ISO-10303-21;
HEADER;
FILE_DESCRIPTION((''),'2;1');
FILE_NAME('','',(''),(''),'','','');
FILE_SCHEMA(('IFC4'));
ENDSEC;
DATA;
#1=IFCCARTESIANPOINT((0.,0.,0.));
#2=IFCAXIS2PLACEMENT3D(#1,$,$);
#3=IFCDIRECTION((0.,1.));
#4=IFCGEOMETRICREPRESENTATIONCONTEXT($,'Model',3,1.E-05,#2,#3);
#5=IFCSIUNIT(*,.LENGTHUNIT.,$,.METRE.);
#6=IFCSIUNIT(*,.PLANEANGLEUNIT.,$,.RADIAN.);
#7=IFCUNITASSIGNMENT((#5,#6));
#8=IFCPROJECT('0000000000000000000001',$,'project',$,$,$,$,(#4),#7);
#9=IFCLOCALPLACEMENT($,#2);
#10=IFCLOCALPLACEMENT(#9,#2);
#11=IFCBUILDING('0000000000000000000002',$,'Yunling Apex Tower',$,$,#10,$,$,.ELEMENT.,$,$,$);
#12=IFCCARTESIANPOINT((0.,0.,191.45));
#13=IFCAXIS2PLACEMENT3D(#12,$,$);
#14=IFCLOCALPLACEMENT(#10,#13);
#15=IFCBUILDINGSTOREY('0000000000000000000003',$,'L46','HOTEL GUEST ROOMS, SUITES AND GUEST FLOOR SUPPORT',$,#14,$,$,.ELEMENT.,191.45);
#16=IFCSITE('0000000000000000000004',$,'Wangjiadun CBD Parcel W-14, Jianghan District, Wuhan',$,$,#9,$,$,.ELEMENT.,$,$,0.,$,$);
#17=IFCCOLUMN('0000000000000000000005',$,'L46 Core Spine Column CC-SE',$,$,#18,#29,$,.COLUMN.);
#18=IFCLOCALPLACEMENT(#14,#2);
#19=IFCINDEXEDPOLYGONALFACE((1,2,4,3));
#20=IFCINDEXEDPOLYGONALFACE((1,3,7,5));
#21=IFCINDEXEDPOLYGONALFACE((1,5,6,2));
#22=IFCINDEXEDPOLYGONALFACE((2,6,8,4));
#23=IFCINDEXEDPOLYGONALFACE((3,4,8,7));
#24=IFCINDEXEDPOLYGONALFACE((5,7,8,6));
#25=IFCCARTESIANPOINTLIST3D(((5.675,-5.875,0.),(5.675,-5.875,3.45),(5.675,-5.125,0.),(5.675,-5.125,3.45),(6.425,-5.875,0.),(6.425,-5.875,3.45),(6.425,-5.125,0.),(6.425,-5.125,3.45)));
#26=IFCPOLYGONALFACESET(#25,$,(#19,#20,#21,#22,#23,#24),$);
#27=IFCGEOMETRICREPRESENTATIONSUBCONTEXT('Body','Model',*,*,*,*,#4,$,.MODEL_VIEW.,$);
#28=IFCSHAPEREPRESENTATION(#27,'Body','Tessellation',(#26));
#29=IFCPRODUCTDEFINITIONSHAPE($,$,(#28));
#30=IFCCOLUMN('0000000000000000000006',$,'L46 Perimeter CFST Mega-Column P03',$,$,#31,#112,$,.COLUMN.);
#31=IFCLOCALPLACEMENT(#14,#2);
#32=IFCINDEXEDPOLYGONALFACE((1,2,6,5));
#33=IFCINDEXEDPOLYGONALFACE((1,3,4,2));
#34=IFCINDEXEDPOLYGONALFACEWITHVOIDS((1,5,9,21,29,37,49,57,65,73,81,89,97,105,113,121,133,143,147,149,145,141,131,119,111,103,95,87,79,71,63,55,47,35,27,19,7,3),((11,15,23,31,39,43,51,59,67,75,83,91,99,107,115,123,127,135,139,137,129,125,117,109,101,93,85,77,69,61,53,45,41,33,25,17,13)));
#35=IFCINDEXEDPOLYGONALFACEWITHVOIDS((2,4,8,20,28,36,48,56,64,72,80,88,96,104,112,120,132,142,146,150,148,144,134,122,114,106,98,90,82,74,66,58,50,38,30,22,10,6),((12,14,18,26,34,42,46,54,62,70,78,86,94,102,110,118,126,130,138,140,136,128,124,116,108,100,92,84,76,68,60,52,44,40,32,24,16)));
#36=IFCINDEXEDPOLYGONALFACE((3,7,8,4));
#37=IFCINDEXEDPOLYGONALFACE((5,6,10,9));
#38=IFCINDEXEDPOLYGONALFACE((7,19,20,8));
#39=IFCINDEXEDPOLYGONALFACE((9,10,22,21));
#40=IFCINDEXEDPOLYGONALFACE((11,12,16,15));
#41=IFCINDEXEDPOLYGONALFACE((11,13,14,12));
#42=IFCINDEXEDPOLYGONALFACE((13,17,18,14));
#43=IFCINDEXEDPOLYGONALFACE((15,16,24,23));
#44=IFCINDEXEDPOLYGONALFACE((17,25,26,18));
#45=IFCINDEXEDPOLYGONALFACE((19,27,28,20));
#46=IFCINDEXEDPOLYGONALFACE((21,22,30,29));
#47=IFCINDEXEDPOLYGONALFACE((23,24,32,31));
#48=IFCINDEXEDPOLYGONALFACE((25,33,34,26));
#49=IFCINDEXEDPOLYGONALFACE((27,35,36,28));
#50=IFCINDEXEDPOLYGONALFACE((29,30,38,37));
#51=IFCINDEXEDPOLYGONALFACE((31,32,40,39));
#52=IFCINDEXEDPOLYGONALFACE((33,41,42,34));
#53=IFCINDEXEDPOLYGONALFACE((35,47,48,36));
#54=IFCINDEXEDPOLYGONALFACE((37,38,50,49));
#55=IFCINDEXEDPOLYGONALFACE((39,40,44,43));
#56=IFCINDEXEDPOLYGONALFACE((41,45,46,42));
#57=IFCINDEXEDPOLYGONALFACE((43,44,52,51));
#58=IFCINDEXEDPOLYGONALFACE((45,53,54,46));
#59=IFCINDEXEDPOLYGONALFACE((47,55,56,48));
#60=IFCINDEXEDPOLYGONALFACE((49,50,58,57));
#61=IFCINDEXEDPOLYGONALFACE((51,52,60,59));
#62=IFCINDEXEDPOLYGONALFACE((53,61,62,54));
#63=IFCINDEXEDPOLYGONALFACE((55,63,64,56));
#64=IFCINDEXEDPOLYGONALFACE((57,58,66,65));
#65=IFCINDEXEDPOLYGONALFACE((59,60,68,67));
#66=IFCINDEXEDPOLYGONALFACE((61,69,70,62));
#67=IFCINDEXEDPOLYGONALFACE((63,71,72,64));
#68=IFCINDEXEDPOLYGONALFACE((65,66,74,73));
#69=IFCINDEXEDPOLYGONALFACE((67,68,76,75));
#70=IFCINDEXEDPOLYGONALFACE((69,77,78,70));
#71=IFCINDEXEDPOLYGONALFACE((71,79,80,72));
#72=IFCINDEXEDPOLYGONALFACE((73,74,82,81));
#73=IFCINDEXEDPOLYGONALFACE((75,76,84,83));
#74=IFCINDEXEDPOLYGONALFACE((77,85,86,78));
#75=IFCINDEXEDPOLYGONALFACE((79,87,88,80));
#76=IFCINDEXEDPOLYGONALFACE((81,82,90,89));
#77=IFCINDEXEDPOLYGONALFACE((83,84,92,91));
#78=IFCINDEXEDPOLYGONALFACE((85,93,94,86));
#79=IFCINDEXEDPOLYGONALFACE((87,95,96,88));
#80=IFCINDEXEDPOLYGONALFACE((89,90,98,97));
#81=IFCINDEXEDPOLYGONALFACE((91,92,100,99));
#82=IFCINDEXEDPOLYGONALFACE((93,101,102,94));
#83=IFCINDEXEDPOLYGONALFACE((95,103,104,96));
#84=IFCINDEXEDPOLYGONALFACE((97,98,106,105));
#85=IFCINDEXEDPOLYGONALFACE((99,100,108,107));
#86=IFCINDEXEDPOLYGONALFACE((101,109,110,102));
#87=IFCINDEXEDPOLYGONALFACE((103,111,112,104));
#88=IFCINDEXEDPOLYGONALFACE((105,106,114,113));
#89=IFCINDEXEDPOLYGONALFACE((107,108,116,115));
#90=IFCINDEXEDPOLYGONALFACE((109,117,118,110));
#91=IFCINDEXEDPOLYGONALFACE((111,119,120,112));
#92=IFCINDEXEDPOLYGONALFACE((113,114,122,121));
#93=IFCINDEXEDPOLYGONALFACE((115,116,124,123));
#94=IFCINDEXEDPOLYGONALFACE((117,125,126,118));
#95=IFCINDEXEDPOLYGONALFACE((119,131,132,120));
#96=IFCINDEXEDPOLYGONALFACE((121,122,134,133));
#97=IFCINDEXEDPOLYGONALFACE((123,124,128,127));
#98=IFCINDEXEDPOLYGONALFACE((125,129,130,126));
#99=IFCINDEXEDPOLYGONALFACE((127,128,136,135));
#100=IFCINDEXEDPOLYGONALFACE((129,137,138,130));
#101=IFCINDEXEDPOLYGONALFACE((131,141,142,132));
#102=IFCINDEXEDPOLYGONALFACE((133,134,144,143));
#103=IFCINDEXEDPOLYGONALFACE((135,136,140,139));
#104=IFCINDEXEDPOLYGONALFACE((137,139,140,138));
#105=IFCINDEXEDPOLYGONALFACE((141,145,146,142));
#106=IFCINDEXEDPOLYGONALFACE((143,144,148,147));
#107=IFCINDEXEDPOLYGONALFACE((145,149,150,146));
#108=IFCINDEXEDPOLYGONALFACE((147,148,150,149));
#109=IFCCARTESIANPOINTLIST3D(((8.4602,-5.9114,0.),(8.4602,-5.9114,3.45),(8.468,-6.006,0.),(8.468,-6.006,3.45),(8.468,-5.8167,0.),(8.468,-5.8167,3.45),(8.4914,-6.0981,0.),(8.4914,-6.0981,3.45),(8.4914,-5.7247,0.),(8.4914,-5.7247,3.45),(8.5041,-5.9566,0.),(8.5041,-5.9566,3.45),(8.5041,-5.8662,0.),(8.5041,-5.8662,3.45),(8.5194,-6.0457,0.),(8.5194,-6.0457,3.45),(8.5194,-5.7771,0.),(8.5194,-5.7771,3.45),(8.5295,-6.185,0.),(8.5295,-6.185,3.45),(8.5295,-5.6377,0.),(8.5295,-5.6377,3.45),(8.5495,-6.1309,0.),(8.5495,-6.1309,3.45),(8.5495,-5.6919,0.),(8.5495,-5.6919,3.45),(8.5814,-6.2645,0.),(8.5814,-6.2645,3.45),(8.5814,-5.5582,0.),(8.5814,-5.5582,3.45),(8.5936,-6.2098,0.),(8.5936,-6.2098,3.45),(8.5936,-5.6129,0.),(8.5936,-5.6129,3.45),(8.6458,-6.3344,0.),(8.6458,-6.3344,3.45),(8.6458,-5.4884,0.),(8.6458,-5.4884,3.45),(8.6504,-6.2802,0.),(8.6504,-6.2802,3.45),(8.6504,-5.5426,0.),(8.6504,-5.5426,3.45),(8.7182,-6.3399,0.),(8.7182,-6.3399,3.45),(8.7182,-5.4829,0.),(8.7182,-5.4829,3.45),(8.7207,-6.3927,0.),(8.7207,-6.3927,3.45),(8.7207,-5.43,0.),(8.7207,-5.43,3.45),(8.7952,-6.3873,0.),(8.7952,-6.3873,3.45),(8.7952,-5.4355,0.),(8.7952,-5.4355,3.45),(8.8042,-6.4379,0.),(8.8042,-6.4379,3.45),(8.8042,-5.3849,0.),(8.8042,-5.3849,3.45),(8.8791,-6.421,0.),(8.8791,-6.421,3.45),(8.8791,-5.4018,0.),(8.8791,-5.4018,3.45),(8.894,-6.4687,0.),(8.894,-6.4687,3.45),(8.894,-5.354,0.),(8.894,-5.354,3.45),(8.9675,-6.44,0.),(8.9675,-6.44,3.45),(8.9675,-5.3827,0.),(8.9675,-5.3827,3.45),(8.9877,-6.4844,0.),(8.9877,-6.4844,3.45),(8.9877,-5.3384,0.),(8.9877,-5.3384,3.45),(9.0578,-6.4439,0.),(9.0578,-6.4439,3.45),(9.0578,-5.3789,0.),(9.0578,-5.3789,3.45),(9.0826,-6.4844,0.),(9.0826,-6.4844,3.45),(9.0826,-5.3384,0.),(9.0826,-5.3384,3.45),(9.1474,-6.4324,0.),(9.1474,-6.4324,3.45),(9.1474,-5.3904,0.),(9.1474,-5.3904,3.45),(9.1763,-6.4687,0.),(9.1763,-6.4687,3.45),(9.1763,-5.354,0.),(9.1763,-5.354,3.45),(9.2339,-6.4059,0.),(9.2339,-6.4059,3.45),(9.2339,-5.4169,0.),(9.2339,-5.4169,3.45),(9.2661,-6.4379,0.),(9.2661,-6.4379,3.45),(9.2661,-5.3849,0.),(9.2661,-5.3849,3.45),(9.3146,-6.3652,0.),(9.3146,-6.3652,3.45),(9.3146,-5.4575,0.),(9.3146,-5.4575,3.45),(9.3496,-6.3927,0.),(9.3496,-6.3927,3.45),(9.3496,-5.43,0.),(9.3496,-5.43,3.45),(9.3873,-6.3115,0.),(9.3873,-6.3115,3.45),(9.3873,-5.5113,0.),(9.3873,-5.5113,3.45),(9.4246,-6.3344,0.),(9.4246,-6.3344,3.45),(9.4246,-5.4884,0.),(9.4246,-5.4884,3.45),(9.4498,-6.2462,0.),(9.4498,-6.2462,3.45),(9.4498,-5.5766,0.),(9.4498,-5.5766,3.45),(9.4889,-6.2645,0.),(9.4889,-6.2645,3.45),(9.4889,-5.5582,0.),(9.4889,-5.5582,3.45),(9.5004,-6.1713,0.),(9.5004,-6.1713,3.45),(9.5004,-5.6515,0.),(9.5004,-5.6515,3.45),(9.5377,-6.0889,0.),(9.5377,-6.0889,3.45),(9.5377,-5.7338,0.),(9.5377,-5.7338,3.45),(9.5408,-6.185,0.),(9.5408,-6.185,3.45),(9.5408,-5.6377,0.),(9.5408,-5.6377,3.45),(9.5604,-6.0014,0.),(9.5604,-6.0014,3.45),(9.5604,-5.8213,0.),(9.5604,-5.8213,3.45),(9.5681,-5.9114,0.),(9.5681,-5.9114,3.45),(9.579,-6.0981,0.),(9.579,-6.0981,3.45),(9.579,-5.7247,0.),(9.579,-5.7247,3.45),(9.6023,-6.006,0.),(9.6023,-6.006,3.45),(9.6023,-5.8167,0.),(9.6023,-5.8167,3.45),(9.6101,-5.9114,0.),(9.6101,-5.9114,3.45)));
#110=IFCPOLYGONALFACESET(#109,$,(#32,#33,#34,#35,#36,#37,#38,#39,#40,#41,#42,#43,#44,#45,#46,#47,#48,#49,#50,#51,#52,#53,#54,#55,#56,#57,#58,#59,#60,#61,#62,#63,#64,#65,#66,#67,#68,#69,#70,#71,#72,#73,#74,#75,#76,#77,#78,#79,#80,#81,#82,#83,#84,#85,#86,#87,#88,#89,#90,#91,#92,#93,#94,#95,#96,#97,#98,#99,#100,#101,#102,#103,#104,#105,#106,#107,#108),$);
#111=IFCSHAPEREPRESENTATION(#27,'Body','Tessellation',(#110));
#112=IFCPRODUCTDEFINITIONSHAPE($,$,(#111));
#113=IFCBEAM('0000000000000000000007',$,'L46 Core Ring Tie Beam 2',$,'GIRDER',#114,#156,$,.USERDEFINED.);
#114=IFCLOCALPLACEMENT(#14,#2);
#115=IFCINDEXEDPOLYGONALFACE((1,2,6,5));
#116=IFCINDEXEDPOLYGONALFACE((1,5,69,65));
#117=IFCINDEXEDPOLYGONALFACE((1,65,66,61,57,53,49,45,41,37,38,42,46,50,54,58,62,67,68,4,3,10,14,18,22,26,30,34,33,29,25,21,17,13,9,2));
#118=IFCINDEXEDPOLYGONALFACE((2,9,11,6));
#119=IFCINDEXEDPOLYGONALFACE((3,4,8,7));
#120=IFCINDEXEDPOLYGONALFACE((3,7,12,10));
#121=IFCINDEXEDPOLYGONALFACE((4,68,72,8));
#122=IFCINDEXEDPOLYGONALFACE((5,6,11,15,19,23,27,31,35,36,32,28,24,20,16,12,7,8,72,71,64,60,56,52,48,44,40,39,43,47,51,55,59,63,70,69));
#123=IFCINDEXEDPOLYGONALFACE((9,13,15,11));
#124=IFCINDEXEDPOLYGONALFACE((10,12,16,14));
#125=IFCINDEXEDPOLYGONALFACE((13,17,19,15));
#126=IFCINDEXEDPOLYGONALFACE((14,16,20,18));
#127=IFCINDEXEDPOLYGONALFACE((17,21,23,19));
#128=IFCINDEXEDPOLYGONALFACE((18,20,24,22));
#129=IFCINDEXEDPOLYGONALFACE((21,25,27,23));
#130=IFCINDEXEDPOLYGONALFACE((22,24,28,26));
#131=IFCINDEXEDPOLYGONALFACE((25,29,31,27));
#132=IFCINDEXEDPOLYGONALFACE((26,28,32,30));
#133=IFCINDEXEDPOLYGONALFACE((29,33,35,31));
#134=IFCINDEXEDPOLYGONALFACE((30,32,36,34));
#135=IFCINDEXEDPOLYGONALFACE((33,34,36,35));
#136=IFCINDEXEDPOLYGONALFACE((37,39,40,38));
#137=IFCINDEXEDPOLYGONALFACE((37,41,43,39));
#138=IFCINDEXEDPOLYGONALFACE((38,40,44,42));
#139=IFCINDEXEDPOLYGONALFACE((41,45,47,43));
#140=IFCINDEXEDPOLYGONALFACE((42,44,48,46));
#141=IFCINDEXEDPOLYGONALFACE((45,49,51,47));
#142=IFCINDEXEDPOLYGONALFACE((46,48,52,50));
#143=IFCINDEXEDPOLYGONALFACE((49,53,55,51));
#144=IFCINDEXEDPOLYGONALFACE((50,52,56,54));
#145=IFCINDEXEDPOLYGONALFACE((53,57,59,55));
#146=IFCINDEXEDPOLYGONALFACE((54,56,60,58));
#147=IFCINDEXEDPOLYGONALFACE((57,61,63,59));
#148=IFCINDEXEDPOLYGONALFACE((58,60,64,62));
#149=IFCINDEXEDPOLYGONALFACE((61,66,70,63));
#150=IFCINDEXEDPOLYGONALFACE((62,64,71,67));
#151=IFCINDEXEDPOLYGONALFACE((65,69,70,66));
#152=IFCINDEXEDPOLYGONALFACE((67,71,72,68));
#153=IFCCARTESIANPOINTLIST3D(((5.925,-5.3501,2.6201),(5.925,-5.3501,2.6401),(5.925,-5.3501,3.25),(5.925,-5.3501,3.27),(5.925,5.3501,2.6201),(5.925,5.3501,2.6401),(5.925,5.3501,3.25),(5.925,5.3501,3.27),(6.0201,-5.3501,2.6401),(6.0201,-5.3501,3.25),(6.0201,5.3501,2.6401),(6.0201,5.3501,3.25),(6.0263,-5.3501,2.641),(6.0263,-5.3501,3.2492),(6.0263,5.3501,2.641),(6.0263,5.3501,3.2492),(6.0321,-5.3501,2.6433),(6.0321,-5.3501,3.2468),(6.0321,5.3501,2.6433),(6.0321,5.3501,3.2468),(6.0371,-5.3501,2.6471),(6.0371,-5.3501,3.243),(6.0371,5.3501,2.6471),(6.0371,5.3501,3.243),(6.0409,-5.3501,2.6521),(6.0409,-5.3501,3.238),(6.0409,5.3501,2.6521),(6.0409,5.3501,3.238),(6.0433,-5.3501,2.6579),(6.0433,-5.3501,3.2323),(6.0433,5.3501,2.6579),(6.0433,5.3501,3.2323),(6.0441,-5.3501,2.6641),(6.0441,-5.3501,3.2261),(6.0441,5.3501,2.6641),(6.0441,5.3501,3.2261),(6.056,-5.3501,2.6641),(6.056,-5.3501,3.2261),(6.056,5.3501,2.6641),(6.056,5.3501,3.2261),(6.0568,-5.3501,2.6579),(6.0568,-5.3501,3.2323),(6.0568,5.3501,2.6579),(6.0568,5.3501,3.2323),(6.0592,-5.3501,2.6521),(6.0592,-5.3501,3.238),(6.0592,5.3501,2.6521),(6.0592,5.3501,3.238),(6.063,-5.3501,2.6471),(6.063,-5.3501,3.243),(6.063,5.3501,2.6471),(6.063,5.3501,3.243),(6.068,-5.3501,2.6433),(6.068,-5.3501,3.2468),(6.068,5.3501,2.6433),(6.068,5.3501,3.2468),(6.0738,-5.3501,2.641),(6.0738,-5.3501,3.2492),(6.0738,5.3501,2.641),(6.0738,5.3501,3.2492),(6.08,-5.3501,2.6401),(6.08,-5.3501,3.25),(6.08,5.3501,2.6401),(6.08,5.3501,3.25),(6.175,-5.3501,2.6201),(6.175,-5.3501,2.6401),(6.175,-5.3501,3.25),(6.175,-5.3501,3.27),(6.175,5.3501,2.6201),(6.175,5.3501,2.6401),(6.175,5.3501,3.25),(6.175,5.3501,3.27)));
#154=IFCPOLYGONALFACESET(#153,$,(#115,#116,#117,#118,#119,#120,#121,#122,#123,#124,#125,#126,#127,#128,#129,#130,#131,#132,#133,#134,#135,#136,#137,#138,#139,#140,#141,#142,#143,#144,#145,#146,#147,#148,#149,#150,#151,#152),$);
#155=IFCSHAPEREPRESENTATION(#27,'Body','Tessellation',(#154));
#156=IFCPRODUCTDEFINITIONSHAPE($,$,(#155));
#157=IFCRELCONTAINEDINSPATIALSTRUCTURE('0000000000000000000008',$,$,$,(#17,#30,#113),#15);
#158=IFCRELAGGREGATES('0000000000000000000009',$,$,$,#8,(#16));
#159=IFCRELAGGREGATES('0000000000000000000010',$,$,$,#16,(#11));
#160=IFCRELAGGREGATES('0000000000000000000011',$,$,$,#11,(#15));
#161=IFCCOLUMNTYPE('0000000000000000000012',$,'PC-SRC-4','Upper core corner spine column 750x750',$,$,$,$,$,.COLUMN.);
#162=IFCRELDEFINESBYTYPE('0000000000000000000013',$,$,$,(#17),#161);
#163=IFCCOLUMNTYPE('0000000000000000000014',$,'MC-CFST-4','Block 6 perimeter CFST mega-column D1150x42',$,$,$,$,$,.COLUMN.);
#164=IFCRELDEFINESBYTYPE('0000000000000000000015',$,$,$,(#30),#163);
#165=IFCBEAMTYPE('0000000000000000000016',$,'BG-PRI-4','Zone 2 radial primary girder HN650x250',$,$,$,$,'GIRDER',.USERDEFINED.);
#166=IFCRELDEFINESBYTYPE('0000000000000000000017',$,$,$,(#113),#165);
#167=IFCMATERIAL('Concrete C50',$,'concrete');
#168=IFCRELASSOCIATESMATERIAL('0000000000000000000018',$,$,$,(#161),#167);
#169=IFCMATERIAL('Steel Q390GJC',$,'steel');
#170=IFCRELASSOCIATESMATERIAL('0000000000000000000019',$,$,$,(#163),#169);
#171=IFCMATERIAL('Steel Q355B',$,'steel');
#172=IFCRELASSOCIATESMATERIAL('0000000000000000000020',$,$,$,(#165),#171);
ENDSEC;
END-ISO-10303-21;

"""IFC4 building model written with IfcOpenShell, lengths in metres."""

from ifc_helpers import new_model, si_unit, direction, frame, origin, origin_2d, place, context, subcontext, project, spatial, rectangle, hollow_circle, i_section, extrude, source, transform, mapped, material, material_profile, profile_set, type_object, element, save


model = new_model("IFC4")

# Units and contexts
model_context = context("Model", 3, precision=1e-05, world=origin(), true_north=direction((0.0, 1.0)))
body_context = subcontext(model_context, "Body", "Model", "MODEL_VIEW")
ifc_project = project(units=[si_unit("LENGTHUNIT", "METRE"), si_unit("PLANEANGLEUNIT", "RADIAN")], contexts=[model_context])

# Site, building, storey
site_placement = place(None, origin())
site = spatial("IfcSite", under=ifc_project, at=site_placement, Name="Wangjiadun CBD Parcel W-14, Jianghan District, Wuhan", CompositionType="ELEMENT", RefElevation=0.0)
building_placement = place(site_placement, origin())
building = spatial("IfcBuilding", under=site, at=building_placement, Name="Yunling Apex Tower", CompositionType="ELEMENT")
storey_placement = place(building_placement, frame((0.0, 0.0, 191.45)))
storey = spatial("IfcBuildingStorey", under=building, at=storey_placement, Name="L46", Description="HOTEL GUEST ROOMS, SUITES AND GUEST FLOOR SUPPORT", CompositionType="ELEMENT", Elevation=191.45)

# Columns
ifc_material_1 = material(Name="Concrete C50", Category="concrete")
ifc_material_profile_1 = material_profile(ifc_material_1, rectangle(XDim=0.75, YDim=0.75, at=origin_2d()))
ifc_profile_set_1 = profile_set([ifc_material_profile_1], Name="Concrete C50")
column_type_1 = type_object("IfcColumnType", Name="PC-SRC-4", Description="Upper core corner spine column 750x750", PredefinedType="COLUMN", material=ifc_profile_set_1)
shared_shape_1 = source(origin(), body_context, "Body", "SweptSolid", [
    extrude(rectangle(XDim=0.75, YDim=0.75, at=origin_2d()), origin(), (0.0, 0.0, 1.0), 3.45),
])
column_1_placement = place(storey_placement, frame((6.05, -5.5, 0.0), z_axis=(0.0, 0.0, 1.0), x_axis=(1.0, 0.0, 0.0)))
element("IfcColumn", 1, at=column_1_placement, inside=storey, type_object=column_type_1, Name="L46 Core Spine Column CC-SE", PredefinedType="COLUMN", context=body_context, shape_type="MappedRepresentation", body=[
    mapped(shared_shape_1, transform((0.0, 0.0, 0.0), scale=1.0)),
])
ifc_material_2 = material(Name="Steel Q390GJC", Category="steel")
ifc_material_profile_2 = material_profile(ifc_material_2, hollow_circle(Radius=0.575, WallThickness=0.042, at=origin_2d()))
ifc_profile_set_2 = profile_set([ifc_material_profile_2], Name="Steel Q390GJC")
column_type_2 = type_object("IfcColumnType", Name="MC-CFST-4", Description="Block 6 perimeter CFST mega-column D1150x42", PredefinedType="COLUMN", material=ifc_profile_set_2)
shared_shape_2 = source(origin(), body_context, "Body", "SweptSolid", [
    extrude(hollow_circle(Radius=0.575, WallThickness=0.042, at=origin_2d()), origin(), (0.0, 0.0, 1.0), 3.45),
])
column_2_placement = place(storey_placement, frame((9.0352, -5.9114, 0.0), z_axis=(0.0, 0.0, 1.0), x_axis=(1.0, 0.0, 0.0)))
element("IfcColumn", 2, at=column_2_placement, inside=storey, type_object=column_type_2, Name="L46 Perimeter CFST Mega-Column P03", PredefinedType="COLUMN", context=body_context, shape_type="MappedRepresentation", body=[
    mapped(shared_shape_2, transform((0.0, 0.0, 0.0), scale=1.0)),
])

# Beam
ifc_material_3 = material(Name="Steel Q355B", Category="steel")
ifc_material_profile_3 = material_profile(ifc_material_3, i_section(OverallWidth=0.25, OverallDepth=0.6499, WebThickness=0.012, FlangeThickness=0.02, FilletRadius=0.0239, at=origin_2d()))
ifc_profile_set_3 = profile_set([ifc_material_profile_3], Name="Steel Q355B")
beam_type_1 = type_object("IfcBeamType", Name="BG-PRI-4", Description="Zone 2 radial primary girder HN650x250", ElementType="GIRDER", PredefinedType="USERDEFINED", material=ifc_profile_set_3)
shared_shape_3 = source(origin(), body_context, "Body", "SweptSolid", [
    extrude(i_section(OverallWidth=0.25, OverallDepth=0.6499, WebThickness=0.012, FlangeThickness=0.02, FilletRadius=0.0239, at=origin_2d()), origin(), (0.0, 0.0, 1.0), 10.7002),
])
beam_1_placement = place(storey_placement, frame((6.05, -5.3501, 2.9451), z_axis=(0.0, 1.0, 0.0), x_axis=(-1.0, 0.0, 0.0)))
element("IfcBeam", 3, at=beam_1_placement, inside=storey, type_object=beam_type_1, Name="L46 Core Ring Tie Beam 2", ObjectType="GIRDER", PredefinedType="USERDEFINED", context=body_context, shape_type="MappedRepresentation", body=[
    mapped(shared_shape_3, transform((0.0, 0.0, 0.0), scale=1.0)),
])

save(model, "model.ifc")
